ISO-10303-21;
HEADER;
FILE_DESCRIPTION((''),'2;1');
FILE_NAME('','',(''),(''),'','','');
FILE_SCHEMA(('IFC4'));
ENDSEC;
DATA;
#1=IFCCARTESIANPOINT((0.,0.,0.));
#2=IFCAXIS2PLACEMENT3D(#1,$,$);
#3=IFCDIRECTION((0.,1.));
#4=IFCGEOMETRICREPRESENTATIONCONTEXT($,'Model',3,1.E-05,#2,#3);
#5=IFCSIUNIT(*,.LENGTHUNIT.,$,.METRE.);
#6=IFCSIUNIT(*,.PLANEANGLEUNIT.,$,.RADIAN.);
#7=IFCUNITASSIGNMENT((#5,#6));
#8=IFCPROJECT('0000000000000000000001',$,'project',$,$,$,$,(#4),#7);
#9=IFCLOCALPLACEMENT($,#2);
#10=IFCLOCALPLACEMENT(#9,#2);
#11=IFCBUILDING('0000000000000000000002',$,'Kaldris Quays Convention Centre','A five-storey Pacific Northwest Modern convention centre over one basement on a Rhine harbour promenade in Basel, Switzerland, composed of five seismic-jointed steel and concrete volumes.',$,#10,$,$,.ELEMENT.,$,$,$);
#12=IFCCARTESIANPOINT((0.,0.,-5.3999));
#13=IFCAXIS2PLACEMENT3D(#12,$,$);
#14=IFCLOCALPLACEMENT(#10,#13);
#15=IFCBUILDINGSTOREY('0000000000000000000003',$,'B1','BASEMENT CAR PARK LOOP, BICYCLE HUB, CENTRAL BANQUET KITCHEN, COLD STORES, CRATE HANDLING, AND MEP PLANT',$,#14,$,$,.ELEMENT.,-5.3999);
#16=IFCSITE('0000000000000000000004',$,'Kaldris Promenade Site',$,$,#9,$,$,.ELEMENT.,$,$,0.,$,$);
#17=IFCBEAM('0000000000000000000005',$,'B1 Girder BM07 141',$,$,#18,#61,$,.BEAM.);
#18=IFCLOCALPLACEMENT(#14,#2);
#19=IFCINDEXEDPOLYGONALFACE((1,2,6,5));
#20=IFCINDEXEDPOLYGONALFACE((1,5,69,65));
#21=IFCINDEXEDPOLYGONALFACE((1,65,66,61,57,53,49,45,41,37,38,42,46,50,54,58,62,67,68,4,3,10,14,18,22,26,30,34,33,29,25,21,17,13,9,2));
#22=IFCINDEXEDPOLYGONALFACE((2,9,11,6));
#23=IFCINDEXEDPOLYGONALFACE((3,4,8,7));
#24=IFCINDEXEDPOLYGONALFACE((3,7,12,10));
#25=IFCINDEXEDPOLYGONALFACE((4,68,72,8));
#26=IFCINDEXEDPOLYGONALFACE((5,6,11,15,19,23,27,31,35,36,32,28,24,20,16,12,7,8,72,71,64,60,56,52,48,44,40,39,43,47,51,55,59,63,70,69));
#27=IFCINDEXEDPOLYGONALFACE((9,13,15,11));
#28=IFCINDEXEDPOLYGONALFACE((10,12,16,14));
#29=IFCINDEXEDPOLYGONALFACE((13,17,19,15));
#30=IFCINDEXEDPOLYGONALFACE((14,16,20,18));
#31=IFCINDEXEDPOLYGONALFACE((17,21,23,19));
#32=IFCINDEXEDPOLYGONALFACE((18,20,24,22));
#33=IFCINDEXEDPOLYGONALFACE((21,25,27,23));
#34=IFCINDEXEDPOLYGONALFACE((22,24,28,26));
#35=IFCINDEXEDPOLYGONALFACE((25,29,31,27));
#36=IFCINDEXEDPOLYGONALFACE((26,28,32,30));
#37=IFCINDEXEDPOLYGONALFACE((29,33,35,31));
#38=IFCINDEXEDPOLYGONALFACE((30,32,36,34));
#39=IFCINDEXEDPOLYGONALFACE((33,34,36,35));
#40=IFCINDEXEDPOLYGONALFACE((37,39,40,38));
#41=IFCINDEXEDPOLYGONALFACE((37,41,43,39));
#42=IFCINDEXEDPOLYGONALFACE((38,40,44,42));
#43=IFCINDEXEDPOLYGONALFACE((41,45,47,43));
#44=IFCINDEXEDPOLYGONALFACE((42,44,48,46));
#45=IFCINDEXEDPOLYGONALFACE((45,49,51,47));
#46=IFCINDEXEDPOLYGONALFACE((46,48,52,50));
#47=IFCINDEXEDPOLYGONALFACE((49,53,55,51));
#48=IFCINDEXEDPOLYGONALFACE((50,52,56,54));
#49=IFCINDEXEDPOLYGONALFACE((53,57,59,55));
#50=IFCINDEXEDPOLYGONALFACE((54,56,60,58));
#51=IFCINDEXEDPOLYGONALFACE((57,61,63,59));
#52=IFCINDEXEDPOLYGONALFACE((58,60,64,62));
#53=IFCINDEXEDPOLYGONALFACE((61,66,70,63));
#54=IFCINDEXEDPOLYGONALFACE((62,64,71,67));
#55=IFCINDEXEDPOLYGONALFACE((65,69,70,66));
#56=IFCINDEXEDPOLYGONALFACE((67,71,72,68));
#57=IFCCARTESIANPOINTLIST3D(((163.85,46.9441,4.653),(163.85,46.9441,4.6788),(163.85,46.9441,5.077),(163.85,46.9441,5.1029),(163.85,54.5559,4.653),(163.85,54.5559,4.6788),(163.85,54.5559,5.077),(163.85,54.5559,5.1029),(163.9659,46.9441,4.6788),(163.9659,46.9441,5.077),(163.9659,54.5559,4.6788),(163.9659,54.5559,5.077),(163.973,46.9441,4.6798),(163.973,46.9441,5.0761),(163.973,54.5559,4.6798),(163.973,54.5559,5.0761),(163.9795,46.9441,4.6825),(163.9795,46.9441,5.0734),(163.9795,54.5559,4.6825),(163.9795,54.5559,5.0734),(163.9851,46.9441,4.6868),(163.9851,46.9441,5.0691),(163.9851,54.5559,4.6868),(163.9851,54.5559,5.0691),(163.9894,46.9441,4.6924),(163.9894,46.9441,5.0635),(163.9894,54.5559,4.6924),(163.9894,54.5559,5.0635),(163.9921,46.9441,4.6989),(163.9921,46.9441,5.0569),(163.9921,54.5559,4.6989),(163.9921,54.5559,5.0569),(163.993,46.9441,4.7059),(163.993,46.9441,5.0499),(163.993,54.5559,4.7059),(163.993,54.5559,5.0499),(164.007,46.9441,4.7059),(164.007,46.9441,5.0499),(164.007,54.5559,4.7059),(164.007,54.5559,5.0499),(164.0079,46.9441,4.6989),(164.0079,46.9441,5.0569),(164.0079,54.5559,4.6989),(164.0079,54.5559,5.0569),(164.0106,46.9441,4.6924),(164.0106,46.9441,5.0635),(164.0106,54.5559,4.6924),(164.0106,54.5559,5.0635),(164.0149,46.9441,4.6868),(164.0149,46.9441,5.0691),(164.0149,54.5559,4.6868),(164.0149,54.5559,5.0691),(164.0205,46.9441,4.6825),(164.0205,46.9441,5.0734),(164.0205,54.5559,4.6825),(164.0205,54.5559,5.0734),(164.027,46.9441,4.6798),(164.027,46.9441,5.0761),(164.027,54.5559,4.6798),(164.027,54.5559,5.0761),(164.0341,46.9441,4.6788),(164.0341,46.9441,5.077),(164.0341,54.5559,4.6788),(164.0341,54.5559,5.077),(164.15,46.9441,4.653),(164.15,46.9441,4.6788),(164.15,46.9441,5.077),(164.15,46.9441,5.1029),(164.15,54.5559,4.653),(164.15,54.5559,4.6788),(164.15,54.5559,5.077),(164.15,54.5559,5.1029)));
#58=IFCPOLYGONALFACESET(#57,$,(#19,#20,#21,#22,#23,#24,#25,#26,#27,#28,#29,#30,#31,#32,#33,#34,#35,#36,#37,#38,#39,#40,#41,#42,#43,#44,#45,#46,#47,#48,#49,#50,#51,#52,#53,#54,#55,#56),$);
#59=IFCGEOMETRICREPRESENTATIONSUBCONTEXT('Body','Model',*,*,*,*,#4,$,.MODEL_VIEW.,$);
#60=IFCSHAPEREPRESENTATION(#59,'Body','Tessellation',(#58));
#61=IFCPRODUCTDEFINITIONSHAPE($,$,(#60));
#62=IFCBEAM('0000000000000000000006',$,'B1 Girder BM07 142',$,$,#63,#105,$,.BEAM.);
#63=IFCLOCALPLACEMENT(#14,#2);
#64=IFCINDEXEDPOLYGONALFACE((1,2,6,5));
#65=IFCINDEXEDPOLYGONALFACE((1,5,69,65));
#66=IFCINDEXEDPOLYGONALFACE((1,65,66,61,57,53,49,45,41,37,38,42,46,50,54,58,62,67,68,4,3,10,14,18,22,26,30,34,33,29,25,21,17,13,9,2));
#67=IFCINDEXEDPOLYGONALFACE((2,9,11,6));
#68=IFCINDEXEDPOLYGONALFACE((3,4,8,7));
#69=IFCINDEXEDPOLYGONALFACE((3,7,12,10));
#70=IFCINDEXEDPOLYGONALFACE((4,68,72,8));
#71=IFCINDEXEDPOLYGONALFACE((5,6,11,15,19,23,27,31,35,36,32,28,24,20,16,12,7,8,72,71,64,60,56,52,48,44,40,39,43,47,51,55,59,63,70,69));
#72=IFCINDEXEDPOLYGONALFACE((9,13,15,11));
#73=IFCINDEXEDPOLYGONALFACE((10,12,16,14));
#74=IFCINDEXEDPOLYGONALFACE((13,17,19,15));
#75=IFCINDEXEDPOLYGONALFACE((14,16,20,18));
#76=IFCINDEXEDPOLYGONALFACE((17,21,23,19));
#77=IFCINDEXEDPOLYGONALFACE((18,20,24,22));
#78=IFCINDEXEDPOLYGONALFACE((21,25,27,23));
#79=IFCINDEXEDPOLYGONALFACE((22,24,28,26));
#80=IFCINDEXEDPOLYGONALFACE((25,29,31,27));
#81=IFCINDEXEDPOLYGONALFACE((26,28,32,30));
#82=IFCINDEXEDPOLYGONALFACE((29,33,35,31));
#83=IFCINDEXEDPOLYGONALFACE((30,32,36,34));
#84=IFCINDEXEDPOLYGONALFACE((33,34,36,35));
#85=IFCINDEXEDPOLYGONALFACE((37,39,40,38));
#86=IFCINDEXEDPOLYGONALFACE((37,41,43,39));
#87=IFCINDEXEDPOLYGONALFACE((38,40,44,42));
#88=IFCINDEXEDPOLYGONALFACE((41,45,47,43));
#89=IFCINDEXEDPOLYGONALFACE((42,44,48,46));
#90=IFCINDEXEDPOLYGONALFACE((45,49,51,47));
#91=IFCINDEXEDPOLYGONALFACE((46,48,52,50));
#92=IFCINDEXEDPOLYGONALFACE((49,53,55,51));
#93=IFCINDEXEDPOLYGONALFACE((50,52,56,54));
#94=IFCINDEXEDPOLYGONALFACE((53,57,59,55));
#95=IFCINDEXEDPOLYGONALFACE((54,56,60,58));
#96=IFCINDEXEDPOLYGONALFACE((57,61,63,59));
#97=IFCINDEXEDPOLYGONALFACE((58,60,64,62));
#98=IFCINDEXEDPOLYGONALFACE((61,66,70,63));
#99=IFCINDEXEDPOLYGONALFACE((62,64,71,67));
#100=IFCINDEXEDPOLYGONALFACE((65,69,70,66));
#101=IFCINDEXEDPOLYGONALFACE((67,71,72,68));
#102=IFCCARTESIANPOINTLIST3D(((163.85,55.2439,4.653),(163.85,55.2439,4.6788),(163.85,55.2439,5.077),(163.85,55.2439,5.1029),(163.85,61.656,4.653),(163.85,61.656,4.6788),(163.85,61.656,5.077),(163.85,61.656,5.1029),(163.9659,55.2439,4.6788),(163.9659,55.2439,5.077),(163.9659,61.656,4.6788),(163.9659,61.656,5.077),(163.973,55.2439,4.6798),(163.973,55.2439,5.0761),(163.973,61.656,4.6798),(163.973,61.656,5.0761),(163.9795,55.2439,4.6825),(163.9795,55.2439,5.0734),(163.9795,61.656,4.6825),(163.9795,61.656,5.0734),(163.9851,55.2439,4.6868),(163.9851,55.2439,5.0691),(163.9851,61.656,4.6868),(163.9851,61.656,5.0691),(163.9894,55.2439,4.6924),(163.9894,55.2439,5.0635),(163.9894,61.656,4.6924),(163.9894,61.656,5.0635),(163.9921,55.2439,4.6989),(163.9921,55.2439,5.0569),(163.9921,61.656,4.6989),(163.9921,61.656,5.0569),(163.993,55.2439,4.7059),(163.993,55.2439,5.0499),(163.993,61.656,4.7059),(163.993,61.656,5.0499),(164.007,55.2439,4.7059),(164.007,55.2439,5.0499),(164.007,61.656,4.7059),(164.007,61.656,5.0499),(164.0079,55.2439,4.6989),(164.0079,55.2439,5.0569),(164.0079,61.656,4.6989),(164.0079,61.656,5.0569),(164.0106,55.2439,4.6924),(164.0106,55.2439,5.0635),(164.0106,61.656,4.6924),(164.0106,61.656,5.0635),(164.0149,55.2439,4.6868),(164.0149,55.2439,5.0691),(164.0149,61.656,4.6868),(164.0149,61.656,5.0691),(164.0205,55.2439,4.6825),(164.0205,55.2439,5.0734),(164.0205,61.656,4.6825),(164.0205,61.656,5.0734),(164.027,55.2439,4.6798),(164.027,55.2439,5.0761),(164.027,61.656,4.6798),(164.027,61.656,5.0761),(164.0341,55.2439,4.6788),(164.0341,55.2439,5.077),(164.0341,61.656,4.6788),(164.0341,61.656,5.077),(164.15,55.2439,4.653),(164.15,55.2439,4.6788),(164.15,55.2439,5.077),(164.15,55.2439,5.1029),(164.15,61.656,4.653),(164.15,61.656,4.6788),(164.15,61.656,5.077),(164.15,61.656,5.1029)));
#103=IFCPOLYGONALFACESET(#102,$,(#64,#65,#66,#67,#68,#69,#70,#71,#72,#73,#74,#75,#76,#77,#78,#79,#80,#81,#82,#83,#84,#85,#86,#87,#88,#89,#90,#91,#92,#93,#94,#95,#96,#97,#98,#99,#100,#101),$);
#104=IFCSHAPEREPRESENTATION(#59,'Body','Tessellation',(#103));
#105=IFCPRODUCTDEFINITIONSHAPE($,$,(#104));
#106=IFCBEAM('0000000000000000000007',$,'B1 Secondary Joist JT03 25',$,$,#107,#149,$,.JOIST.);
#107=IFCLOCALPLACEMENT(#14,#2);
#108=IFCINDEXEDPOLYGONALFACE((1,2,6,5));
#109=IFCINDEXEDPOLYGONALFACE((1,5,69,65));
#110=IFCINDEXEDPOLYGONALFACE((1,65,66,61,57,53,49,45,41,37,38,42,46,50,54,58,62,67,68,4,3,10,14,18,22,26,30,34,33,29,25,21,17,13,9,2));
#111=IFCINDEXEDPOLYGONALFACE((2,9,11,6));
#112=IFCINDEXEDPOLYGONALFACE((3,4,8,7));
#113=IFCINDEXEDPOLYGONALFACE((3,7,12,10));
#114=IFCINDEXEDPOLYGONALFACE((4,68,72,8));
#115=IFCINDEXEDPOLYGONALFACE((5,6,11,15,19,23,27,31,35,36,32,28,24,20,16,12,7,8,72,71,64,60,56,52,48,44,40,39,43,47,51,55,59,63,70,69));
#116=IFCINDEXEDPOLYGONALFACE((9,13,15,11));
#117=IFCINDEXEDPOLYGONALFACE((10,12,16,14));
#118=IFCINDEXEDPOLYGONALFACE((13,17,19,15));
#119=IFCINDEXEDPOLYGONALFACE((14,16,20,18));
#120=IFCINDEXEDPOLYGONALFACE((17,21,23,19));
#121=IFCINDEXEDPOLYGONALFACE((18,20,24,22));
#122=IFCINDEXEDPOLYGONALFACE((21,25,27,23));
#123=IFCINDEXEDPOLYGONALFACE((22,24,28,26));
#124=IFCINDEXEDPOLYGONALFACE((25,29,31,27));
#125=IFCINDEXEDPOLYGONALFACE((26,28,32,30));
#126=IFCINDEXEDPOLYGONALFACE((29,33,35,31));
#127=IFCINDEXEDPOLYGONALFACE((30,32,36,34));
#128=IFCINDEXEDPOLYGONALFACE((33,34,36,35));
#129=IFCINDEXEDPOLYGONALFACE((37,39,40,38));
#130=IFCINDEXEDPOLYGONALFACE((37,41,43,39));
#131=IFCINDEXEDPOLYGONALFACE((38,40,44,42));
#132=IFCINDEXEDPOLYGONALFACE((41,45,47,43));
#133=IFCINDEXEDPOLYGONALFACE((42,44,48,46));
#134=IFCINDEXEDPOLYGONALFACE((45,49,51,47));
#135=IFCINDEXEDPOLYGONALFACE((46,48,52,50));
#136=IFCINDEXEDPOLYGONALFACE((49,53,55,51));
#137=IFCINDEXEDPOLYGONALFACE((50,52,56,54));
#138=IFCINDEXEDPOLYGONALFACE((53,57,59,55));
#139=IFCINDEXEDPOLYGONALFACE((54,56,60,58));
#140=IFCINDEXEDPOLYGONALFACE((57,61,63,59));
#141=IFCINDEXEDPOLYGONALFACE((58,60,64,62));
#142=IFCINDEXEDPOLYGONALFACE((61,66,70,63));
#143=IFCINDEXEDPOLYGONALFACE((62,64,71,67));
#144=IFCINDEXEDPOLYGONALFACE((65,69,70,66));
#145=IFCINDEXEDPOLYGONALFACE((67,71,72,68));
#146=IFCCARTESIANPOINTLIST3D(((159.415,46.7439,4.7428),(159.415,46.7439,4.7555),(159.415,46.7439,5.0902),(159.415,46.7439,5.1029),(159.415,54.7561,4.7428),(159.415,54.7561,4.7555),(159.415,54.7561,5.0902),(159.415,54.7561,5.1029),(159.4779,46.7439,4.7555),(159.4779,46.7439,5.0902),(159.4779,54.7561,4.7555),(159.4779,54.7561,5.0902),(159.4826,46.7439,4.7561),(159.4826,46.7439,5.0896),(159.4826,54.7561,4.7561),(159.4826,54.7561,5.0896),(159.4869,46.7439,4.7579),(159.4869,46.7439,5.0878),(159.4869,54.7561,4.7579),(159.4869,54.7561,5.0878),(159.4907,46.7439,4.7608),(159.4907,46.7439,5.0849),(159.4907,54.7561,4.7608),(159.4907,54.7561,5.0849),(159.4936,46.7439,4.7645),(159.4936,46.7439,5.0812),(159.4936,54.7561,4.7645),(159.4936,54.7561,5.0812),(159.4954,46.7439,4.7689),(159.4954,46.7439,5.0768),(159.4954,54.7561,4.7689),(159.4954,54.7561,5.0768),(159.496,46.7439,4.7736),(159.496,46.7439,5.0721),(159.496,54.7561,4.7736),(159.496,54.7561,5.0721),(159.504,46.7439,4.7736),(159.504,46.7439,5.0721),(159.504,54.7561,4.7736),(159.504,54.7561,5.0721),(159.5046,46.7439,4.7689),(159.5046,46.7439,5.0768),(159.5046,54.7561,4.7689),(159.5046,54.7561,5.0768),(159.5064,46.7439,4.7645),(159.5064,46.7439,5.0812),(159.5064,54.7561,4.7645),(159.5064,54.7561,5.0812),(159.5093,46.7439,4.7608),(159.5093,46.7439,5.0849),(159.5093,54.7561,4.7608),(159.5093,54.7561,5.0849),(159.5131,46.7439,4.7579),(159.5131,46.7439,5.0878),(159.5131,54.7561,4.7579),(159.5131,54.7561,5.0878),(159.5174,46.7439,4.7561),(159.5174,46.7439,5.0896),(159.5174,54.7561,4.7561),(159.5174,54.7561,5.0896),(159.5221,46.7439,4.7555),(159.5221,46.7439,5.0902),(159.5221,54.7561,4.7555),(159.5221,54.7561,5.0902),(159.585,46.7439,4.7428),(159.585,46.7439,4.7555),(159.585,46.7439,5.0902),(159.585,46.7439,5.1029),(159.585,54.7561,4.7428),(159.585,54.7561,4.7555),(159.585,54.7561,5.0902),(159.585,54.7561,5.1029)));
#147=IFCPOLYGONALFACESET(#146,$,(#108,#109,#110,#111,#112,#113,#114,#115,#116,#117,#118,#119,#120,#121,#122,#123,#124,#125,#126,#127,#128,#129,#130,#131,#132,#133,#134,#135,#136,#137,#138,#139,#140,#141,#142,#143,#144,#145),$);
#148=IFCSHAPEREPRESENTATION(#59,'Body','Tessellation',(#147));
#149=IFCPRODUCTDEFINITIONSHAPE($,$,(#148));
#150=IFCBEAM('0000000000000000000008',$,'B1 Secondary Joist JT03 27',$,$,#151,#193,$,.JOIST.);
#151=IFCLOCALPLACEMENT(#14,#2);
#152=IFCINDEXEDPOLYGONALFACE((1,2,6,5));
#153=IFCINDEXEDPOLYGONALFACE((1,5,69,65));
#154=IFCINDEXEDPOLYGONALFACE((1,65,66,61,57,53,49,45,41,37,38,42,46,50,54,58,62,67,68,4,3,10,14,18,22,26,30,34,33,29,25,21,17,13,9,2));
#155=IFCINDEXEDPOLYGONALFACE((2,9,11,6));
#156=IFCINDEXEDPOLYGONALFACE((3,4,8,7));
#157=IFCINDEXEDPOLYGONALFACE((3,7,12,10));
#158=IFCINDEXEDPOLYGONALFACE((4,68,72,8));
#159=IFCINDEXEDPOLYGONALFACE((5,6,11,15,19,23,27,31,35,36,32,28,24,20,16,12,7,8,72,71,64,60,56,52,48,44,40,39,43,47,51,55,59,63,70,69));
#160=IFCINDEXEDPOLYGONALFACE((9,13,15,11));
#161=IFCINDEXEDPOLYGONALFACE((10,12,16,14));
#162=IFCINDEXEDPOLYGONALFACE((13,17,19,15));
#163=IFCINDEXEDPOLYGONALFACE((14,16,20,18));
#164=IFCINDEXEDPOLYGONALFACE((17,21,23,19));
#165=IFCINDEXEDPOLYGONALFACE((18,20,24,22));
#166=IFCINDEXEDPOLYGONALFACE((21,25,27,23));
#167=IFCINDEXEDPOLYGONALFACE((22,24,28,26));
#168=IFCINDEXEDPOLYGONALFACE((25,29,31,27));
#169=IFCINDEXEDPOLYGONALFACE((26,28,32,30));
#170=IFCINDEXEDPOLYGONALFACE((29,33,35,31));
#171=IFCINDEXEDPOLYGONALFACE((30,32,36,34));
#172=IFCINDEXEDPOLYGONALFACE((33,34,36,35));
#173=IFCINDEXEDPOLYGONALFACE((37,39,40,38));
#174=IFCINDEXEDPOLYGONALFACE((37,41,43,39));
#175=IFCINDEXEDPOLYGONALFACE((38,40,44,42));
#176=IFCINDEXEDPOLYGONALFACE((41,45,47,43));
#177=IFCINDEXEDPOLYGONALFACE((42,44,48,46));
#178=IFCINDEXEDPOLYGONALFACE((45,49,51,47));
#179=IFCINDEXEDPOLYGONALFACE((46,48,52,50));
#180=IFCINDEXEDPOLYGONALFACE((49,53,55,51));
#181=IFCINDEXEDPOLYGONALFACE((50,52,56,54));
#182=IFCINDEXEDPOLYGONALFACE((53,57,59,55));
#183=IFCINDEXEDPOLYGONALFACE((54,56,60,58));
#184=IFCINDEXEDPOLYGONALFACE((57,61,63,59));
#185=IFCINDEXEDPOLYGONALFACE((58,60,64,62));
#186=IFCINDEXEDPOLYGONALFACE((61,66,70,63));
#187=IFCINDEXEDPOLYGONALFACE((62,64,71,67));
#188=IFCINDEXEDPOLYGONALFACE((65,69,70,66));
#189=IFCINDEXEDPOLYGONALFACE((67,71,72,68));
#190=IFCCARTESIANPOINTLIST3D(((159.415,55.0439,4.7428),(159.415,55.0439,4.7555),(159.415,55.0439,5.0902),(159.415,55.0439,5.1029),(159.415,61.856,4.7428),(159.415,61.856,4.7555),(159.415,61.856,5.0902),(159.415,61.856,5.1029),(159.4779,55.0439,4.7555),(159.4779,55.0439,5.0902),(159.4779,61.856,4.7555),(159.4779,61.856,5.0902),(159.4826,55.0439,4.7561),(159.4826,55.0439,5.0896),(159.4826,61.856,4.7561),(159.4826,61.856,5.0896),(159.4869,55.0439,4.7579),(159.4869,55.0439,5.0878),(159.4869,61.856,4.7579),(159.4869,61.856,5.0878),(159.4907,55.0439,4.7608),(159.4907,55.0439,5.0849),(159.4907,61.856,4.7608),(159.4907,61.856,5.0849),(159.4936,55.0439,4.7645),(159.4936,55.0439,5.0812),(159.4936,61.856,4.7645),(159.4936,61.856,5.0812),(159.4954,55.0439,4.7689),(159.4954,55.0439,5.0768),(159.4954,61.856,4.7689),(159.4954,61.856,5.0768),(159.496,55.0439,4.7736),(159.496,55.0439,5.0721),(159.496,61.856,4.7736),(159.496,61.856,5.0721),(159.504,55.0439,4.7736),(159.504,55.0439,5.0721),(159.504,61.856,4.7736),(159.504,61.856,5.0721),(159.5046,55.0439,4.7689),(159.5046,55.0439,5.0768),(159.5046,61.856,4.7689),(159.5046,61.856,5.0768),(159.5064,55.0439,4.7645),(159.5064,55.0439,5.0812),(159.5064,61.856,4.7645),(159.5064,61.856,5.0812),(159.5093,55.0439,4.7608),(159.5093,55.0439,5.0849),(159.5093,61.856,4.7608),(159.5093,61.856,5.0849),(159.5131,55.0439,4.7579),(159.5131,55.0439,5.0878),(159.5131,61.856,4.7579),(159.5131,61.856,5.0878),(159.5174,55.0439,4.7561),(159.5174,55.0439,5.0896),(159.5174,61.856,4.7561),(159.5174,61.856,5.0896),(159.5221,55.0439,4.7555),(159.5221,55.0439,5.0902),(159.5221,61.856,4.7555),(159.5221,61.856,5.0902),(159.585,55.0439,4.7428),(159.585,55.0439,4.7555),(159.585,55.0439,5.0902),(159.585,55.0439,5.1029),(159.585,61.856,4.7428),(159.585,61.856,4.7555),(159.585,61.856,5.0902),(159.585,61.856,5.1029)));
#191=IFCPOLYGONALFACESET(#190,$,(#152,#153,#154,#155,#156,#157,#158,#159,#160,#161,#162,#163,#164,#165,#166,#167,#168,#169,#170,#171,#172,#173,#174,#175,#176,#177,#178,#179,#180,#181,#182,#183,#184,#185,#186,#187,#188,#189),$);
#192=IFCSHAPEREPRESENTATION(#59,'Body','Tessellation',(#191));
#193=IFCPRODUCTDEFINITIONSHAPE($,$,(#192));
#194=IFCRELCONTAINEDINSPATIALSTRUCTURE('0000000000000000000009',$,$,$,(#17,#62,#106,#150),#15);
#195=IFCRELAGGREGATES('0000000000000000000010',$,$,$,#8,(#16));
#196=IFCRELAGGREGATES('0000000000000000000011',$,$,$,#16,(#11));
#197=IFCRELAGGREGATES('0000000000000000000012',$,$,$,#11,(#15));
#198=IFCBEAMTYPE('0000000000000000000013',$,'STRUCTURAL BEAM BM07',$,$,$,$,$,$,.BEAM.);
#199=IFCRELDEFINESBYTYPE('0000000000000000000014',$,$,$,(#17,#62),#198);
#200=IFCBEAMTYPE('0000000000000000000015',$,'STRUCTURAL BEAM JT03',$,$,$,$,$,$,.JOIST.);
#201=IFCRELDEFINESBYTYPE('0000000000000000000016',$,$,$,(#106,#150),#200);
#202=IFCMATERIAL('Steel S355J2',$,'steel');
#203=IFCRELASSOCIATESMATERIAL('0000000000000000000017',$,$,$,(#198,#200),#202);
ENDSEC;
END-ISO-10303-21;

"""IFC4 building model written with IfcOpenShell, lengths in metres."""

from ifc_helpers import new_model, si_unit, direction, frame, origin, origin_2d, place, context, subcontext, project, spatial, i_section, extrude, material, material_profile, profile_set, type_object, element, save


model = new_model("IFC4")

# Units and contexts
model_context = context("Model", 3, precision=1e-05, world=origin(), true_north=direction((0.0, 1.0)))
body_context = subcontext(model_context, "Body", "Model", "MODEL_VIEW")
ifc_project = project(units=[si_unit("LENGTHUNIT", "METRE"), si_unit("PLANEANGLEUNIT", "RADIAN")], contexts=[model_context])

# Site, building, storey
site_placement = place(None, origin())
site = spatial("IfcSite", under=ifc_project, at=site_placement, Name="Kaldris Promenade Site", CompositionType="ELEMENT", RefElevation=0.0)
building_placement = place(site_placement, origin())
building = spatial("IfcBuilding", under=site, at=building_placement, Name="Kaldris Quays Convention Centre", Description="A five-storey Pacific Northwest Modern convention centre over one basement on a Rhine harbour promenade in Basel, Switzerland, composed of five seismic-jointed steel and concrete volumes.", CompositionType="ELEMENT")
storey_placement = place(building_placement, frame((0.0, 0.0, -5.3999)))
storey = spatial("IfcBuildingStorey", under=building, at=storey_placement, Name="B1", Description="BASEMENT CAR PARK LOOP, BICYCLE HUB, CENTRAL BANQUET KITCHEN, COLD STORES, CRATE HANDLING, AND MEP PLANT", CompositionType="ELEMENT", Elevation=-5.3999)

# Shared definitions
ifc_material_1 = material(Name="Steel S355J2", Category="steel")

# Beams
ifc_material_profile_1 = material_profile(ifc_material_1, i_section(OverallWidth=0.3, OverallDepth=0.45, WebThickness=0.0139, FlangeThickness=0.0259, FilletRadius=0.0271, at=origin_2d()), Name="HEB 450")
ifc_profile_set_1 = profile_set([ifc_material_profile_1], Name="Steel S355J2")
beam_type_1 = type_object("IfcBeamType", Name="STRUCTURAL BEAM BM07", PredefinedType="BEAM", material=ifc_profile_set_1)
beam_1_placement = place(storey_placement, frame((164.0, 46.9441, 4.8779), z_axis=(0.0, 1.0, 0.0), x_axis=(-1.0, 0.0, 0.0)))
element("IfcBeam", 1, at=beam_1_placement, inside=storey, type_object=beam_type_1, Name="B1 Girder BM07 141", PredefinedType="BEAM", context=body_context, shape_type="SweptSolid", body=[
    extrude(i_section(OverallWidth=0.3, OverallDepth=0.45, WebThickness=0.0139, FlangeThickness=0.0259, FilletRadius=0.0271, at=origin_2d()), origin(), (0.0, 0.0, 1.0), 7.6118),
])
beam_2_placement = place(storey_placement, frame((164.0, 55.2439, 4.8779), z_axis=(0.0, 1.0, 0.0), x_axis=(-1.0, 0.0, 0.0)))
element("IfcBeam", 2, at=beam_2_placement, inside=storey, type_object=beam_type_1, Name="B1 Girder BM07 142", PredefinedType="BEAM", context=body_context, shape_type="SweptSolid", body=[
    extrude(i_section(OverallWidth=0.3, OverallDepth=0.45, WebThickness=0.0139, FlangeThickness=0.0259, FilletRadius=0.0271, at=origin_2d()), origin(), (0.0, 0.0, 1.0), 6.4121),
])
ifc_material_profile_2 = material_profile(ifc_material_1, i_section(OverallWidth=0.1699, OverallDepth=0.3601, WebThickness=0.0081, FlangeThickness=0.0127, FilletRadius=0.0181, at=origin_2d()), Name="IPE 360")
ifc_profile_set_2 = profile_set([ifc_material_profile_2], Name="Steel S355J2")
beam_type_2 = type_object("IfcBeamType", Name="STRUCTURAL BEAM JT03", PredefinedType="JOIST", material=ifc_profile_set_2)
beam_3_placement = place(storey_placement, frame((159.5, 46.7439, 4.9229), z_axis=(0.0, 1.0, 0.0), x_axis=(-1.0, 0.0, 0.0)))
element("IfcBeam", 3, at=beam_3_placement, inside=storey, type_object=beam_type_2, Name="B1 Secondary Joist JT03 25", PredefinedType="JOIST", context=body_context, shape_type="SweptSolid", body=[
    extrude(i_section(OverallWidth=0.1699, OverallDepth=0.3601, WebThickness=0.0081, FlangeThickness=0.0127, FilletRadius=0.0181, at=origin_2d()), origin(), (0.0, 0.0, 1.0), 8.0122),
])
beam_4_placement = place(storey_placement, frame((159.5, 55.0439, 4.9229), z_axis=(0.0, 1.0, 0.0), x_axis=(-1.0, 0.0, 0.0)))
element("IfcBeam", 4, at=beam_4_placement, inside=storey, type_object=beam_type_2, Name="B1 Secondary Joist JT03 27", PredefinedType="JOIST", context=body_context, shape_type="SweptSolid", body=[
    extrude(i_section(OverallWidth=0.1699, OverallDepth=0.3601, WebThickness=0.0081, FlangeThickness=0.0127, FilletRadius=0.0181, at=origin_2d()), origin(), (0.0, 0.0, 1.0), 6.812),
])

save(model, "model.ifc")
